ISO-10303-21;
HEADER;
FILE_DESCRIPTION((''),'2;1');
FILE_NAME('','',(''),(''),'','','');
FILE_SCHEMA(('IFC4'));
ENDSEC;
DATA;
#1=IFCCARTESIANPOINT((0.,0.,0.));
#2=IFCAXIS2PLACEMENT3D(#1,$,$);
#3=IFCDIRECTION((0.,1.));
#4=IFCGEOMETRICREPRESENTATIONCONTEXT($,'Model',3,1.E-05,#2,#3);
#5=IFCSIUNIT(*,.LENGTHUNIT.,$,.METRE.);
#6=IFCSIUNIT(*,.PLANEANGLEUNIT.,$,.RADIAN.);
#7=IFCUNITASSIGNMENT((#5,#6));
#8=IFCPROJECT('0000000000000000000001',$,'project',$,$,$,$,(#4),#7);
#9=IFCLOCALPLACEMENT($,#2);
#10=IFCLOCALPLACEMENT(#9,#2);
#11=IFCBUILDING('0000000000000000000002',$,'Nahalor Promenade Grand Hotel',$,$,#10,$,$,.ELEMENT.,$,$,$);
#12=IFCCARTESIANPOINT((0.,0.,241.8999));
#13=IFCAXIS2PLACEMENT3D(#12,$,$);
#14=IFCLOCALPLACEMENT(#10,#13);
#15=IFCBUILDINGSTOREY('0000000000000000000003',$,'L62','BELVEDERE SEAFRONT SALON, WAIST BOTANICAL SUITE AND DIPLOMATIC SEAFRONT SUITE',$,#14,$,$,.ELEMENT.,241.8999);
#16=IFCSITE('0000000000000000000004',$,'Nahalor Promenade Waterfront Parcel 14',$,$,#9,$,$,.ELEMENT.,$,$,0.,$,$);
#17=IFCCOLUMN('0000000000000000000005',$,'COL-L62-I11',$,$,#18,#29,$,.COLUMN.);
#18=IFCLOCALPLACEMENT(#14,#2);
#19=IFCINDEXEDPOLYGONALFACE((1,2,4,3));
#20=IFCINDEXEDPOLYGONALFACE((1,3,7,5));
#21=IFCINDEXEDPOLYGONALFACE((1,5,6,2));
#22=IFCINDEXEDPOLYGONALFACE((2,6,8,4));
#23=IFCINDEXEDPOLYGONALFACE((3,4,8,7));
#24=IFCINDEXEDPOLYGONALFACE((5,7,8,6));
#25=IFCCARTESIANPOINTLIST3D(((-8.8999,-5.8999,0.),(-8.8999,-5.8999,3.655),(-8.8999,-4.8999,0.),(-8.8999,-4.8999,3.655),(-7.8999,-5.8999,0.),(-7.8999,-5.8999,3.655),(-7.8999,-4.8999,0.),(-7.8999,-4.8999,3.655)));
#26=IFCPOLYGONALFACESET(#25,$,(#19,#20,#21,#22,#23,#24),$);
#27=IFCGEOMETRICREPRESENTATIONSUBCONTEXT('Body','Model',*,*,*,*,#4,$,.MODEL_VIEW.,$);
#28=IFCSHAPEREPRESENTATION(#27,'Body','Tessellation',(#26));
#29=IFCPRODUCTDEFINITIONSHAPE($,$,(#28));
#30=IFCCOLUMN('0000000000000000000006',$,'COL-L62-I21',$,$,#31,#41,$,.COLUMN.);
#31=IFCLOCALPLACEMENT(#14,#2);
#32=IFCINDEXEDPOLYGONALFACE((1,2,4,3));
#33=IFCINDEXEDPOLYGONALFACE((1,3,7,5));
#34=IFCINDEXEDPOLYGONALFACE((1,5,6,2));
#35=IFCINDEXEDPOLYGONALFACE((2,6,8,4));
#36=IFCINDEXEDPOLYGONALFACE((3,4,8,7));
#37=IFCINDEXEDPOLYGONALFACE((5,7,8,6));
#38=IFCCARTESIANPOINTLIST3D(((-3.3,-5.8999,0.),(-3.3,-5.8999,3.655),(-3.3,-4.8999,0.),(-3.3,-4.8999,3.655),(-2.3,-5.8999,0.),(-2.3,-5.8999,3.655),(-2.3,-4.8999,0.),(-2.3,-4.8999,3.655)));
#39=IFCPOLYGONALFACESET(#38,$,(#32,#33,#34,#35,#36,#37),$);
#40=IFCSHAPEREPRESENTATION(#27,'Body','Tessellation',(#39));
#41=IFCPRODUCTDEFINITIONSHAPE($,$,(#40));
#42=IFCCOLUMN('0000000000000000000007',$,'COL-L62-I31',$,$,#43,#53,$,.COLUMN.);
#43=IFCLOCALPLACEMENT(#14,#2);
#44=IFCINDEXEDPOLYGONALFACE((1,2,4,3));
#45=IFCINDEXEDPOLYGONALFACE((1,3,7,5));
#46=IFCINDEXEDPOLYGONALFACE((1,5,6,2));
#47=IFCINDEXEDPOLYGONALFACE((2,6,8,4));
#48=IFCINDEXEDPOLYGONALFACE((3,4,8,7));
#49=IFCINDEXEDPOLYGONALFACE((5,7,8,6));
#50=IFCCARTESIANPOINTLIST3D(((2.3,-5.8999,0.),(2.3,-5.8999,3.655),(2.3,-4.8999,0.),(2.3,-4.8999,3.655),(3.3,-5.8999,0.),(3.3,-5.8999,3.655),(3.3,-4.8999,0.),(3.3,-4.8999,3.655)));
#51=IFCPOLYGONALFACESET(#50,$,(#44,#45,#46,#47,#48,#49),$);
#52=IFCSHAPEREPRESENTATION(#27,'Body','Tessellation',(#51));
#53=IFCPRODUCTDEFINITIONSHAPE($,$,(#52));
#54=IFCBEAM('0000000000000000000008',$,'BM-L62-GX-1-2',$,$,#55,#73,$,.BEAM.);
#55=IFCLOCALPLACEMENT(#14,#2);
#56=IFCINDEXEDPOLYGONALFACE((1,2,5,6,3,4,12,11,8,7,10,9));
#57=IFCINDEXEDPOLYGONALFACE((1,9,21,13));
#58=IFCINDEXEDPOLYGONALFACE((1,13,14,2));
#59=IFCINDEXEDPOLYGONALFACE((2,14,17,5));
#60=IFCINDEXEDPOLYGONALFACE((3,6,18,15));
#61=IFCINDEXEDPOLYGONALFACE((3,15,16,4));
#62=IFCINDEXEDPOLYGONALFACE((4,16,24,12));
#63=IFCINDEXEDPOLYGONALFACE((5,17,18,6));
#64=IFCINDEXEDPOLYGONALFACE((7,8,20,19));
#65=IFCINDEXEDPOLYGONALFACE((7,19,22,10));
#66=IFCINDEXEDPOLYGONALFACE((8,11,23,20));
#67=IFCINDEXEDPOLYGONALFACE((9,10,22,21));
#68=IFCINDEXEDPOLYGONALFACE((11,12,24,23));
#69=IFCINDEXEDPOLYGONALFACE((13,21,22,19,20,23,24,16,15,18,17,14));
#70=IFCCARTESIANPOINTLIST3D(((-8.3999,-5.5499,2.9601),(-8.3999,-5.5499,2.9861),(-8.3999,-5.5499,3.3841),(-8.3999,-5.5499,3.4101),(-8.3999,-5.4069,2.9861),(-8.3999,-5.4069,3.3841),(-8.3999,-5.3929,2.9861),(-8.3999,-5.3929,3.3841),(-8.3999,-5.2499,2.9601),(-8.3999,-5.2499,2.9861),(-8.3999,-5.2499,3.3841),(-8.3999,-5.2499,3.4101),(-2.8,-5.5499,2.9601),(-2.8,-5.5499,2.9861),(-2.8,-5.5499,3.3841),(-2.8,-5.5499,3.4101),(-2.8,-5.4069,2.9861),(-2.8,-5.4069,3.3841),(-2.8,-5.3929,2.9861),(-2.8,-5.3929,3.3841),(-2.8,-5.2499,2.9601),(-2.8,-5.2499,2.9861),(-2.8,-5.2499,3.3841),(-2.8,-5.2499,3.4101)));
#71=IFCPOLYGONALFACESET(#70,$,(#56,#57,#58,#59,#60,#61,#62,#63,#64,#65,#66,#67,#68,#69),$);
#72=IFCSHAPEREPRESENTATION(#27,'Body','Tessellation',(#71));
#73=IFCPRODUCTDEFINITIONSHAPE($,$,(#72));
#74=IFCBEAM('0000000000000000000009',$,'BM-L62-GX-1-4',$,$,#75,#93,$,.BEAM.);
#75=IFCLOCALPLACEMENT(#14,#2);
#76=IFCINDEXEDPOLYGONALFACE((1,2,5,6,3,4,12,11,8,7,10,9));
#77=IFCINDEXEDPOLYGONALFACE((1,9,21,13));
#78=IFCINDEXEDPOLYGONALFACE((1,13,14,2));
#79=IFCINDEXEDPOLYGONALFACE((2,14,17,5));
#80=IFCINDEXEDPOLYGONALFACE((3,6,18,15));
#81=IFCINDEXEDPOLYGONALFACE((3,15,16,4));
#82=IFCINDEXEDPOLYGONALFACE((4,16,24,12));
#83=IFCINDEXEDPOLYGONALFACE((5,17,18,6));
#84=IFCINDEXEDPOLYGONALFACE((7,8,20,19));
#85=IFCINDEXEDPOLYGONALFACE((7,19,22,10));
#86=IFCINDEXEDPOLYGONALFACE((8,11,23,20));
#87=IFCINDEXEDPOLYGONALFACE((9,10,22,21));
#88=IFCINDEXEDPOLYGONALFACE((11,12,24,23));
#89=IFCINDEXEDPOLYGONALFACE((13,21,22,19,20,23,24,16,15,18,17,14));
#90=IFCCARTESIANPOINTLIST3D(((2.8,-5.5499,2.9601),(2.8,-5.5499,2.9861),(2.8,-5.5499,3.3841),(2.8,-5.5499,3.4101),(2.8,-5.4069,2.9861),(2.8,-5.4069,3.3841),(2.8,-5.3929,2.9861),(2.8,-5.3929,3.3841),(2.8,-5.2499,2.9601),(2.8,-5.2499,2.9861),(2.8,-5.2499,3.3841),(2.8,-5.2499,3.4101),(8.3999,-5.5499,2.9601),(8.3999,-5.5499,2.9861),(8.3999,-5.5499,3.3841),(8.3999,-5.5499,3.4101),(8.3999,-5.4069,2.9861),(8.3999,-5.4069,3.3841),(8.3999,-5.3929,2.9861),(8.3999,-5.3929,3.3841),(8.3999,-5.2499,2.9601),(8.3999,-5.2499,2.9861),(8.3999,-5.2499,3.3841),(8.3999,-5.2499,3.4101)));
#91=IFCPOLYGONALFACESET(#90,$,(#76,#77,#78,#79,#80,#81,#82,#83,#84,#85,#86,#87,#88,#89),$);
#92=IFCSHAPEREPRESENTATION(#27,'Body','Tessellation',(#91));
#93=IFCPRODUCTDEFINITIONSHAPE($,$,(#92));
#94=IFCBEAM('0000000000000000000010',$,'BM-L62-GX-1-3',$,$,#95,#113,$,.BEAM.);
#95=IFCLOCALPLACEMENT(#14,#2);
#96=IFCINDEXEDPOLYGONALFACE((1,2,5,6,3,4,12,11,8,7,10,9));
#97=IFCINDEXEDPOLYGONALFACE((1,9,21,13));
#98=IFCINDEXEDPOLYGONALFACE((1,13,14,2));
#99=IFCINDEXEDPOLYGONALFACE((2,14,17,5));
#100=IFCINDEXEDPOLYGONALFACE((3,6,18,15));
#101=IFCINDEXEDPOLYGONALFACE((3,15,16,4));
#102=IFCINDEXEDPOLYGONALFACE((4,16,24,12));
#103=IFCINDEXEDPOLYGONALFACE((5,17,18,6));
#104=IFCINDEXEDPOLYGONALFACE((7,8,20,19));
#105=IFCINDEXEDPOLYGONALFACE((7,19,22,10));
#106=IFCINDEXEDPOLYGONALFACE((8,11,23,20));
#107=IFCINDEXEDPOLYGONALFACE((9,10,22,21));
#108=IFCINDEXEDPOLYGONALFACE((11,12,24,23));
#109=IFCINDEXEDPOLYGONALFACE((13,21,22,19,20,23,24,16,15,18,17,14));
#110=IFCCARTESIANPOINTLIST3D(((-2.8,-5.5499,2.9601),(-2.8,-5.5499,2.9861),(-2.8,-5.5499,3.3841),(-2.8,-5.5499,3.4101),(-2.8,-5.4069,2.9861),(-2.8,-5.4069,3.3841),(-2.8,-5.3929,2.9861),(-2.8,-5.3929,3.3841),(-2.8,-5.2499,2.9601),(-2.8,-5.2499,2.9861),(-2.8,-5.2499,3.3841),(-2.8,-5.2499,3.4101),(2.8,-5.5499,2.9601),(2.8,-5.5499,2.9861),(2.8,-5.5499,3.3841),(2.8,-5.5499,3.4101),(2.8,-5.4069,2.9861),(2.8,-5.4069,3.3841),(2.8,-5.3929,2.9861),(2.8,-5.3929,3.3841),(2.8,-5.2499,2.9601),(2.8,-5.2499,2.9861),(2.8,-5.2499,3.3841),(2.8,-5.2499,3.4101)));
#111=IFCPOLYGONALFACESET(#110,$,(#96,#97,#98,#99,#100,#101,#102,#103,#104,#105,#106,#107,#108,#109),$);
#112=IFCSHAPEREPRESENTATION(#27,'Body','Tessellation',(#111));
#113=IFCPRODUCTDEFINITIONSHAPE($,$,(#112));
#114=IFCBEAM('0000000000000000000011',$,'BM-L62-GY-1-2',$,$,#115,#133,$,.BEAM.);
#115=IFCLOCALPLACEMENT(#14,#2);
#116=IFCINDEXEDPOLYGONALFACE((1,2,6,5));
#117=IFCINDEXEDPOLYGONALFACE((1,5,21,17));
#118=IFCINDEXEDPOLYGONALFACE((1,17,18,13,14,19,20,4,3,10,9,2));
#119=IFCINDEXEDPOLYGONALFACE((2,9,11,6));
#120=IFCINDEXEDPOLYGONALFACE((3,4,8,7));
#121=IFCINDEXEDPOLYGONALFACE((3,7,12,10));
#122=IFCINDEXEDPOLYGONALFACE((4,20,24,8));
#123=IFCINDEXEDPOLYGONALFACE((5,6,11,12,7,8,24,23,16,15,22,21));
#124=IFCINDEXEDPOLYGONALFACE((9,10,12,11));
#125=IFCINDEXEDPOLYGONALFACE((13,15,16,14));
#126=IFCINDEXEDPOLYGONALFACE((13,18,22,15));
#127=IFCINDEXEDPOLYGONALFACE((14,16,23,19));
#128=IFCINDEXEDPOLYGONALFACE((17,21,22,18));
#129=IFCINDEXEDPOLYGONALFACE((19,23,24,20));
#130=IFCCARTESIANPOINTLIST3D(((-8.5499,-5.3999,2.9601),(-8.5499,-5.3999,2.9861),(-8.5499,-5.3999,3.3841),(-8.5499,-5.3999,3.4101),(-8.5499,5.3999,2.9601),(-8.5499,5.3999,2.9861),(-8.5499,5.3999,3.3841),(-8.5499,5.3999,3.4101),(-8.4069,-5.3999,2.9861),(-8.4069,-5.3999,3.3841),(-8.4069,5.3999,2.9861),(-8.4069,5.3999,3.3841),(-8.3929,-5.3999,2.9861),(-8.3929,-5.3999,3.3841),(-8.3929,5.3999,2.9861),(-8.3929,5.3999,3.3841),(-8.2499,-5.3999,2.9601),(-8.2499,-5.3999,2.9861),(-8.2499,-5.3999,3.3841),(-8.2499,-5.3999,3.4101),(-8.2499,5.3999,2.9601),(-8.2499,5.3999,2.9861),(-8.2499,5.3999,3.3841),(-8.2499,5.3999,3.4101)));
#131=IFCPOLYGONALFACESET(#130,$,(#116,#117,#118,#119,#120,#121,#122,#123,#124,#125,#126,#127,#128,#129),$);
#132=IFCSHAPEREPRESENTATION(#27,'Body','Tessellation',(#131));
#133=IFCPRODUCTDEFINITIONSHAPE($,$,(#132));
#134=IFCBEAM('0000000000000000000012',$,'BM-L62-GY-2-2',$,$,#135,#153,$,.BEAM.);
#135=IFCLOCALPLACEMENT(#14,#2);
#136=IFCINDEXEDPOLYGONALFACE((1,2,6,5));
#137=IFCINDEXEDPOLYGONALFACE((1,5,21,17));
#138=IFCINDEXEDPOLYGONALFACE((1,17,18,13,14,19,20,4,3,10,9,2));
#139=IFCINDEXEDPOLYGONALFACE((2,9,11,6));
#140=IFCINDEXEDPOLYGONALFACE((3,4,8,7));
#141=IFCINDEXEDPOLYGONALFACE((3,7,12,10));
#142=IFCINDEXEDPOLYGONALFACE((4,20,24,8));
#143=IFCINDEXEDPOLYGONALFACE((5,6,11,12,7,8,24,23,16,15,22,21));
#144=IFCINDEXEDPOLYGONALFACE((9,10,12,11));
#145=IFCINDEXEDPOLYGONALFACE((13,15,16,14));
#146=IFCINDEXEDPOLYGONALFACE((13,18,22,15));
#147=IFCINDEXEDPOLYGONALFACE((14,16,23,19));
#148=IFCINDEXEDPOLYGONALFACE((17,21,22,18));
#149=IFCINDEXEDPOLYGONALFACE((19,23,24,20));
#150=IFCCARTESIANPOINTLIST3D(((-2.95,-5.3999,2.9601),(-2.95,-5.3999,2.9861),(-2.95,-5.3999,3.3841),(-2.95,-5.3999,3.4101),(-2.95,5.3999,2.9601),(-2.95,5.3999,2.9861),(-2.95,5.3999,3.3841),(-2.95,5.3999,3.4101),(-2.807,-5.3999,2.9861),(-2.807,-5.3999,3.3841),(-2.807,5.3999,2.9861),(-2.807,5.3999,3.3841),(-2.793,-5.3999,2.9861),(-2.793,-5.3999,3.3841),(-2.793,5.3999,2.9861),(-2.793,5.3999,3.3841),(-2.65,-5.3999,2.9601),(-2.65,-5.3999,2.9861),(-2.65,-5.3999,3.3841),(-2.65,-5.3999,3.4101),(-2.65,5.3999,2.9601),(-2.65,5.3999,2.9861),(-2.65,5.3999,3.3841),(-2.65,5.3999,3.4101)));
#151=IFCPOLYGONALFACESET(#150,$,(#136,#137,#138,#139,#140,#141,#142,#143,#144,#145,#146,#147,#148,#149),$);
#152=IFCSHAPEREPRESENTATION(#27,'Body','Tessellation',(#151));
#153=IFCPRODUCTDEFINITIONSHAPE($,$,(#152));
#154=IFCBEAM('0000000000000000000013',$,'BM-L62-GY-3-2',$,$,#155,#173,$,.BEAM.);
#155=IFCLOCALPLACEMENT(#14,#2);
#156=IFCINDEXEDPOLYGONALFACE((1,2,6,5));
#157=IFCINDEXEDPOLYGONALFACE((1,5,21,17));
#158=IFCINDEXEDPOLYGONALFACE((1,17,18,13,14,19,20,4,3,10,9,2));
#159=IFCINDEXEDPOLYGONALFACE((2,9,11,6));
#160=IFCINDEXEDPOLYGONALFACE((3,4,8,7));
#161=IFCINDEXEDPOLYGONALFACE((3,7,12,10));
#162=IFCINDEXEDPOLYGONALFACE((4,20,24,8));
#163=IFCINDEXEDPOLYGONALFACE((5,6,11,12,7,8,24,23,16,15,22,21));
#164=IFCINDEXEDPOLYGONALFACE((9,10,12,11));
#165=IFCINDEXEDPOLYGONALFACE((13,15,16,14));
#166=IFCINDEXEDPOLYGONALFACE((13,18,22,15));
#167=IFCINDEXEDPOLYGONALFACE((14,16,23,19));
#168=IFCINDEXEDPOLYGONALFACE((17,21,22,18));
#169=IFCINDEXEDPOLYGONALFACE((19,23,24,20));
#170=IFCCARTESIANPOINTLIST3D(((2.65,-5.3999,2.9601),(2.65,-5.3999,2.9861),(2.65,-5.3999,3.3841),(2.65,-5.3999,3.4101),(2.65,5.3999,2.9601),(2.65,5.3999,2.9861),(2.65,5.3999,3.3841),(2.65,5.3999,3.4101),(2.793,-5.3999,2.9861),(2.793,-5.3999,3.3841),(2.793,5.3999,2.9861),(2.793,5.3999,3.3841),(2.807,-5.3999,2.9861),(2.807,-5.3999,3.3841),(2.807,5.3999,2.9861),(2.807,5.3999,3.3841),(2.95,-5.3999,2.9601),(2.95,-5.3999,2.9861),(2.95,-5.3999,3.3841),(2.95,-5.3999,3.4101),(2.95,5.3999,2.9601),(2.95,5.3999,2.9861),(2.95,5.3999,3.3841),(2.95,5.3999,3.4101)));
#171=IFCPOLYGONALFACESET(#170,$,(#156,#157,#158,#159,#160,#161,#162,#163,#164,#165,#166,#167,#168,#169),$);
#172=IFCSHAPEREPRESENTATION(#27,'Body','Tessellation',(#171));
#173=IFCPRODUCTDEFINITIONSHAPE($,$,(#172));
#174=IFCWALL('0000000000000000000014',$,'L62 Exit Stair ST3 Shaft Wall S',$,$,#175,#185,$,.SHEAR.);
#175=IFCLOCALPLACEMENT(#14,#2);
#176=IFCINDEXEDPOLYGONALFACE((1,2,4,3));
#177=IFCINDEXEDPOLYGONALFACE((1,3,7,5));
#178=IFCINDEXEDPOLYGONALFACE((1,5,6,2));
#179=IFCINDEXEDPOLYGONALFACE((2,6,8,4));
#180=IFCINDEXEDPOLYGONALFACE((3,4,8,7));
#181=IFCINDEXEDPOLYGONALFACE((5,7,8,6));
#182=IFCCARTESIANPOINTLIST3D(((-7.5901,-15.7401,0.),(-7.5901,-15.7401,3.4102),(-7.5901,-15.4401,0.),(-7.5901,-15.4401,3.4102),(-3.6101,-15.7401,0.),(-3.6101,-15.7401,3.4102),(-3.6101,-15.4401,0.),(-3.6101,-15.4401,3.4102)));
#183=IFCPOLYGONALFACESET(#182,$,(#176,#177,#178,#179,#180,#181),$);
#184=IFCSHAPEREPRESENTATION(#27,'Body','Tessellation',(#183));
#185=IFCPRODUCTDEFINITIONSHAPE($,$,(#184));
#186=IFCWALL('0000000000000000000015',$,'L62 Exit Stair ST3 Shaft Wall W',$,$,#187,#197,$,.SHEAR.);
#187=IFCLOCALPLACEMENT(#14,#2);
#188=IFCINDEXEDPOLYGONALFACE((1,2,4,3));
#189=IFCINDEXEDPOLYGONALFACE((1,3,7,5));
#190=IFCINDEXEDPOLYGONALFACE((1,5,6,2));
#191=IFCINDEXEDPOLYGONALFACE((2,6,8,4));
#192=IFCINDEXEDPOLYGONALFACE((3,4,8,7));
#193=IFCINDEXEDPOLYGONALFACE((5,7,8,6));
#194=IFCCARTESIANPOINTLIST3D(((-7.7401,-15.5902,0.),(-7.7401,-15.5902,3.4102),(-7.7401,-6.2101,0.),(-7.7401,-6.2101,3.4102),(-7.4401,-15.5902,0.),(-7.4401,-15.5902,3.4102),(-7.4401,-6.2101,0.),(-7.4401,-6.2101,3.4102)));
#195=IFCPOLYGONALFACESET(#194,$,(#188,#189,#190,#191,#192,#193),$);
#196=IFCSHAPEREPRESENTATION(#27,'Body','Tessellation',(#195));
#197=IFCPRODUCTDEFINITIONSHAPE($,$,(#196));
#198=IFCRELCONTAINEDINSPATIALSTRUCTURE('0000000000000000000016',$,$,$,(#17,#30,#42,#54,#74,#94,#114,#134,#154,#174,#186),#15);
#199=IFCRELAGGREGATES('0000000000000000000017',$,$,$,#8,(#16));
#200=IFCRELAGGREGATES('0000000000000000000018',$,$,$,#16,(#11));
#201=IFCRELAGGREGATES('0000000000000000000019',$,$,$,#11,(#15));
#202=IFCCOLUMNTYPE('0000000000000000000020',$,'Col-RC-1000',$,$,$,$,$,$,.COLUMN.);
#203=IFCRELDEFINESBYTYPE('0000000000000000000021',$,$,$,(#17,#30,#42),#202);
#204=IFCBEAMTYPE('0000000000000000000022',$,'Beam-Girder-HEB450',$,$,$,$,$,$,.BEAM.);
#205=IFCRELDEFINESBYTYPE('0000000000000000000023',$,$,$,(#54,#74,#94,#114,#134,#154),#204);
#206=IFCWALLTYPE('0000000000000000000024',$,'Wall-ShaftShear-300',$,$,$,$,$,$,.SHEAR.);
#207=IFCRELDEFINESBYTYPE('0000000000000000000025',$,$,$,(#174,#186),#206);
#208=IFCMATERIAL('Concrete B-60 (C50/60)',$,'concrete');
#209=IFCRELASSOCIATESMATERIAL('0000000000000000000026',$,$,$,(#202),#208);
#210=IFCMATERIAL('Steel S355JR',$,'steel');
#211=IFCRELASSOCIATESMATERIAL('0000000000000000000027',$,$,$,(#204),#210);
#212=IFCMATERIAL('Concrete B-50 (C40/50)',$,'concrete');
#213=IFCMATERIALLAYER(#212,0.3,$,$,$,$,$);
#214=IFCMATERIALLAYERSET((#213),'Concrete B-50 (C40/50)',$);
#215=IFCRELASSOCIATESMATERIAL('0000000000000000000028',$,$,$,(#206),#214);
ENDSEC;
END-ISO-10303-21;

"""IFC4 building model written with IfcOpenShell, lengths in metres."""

from ifc_helpers import new_model, si_unit, direction, frame, frame_2d, origin, origin_2d, place, context, subcontext, project, spatial, rectangle, i_section, extrude, source, transform, mapped, material, layer, layer_set, material_profile, profile_set, type_object, element, save


model = new_model("IFC4")

# Units and contexts
model_context = context("Model", 3, precision=1e-05, world=origin(), true_north=direction((0.0, 1.0)))
body_context = subcontext(model_context, "Body", "Model", "MODEL_VIEW")
ifc_project = project(units=[si_unit("LENGTHUNIT", "METRE"), si_unit("PLANEANGLEUNIT", "RADIAN")], contexts=[model_context])

# Site, building, storey
site_placement = place(None, origin())
site = spatial("IfcSite", under=ifc_project, at=site_placement, Name="Nahalor Promenade Waterfront Parcel 14", CompositionType="ELEMENT", RefElevation=0.0)
building_placement = place(site_placement, origin())
building = spatial("IfcBuilding", under=site, at=building_placement, Name="Nahalor Promenade Grand Hotel", CompositionType="ELEMENT")
storey_placement = place(building_placement, frame((0.0, 0.0, 241.8999)))
storey = spatial("IfcBuildingStorey", under=building, at=storey_placement, Name="L62", Description="BELVEDERE SEAFRONT SALON, WAIST BOTANICAL SUITE AND DIPLOMATIC SEAFRONT SUITE", CompositionType="ELEMENT", Elevation=241.8999)

# Columns
ifc_material_1 = material(Name="Concrete B-60 (C50/60)", Category="concrete")
ifc_material_profile_1 = material_profile(ifc_material_1, rectangle(XDim=1.0, YDim=1.0, at=origin_2d()), Name="RC 1000x1000")
ifc_profile_set_1 = profile_set([ifc_material_profile_1], Name="Concrete B-60 (C50/60)")
column_type = type_object("IfcColumnType", Name="Col-RC-1000", PredefinedType="COLUMN", material=ifc_profile_set_1)
shared_shape_1 = source(origin(), body_context, "Body", "SweptSolid", [
    extrude(rectangle(XDim=1.0, YDim=1.0, at=origin_2d()), origin(), (0.0, 0.0, 1.0), 3.655),
])
for number, where, z_axis, x_axis, name in (
    (1, (-8.3999, -5.3999, 0.0), (0.0, 0.0, 1.0), (1.0, 0.0, 0.0), "COL-L62-I11"),
    (2, (-2.8, -5.3999, 0.0), (0.0, 0.0, 1.0), (1.0, 0.0, 0.0), "COL-L62-I21"),
    (3, (2.8, -5.3999, 0.0), (0.0, 0.0, 1.0), (1.0, 0.0, 0.0), "COL-L62-I31"),
):
    element("IfcColumn", number, at=place(storey_placement, frame(where, z_axis=z_axis, x_axis=x_axis)), inside=storey, type_object=column_type, Name=name, PredefinedType="COLUMN", context=body_context, shape_type="MappedRepresentation", body=[
        mapped(shared_shape_1, transform((0.0, 0.0, 0.0), scale=1.0)),
    ])

# Beams
ifc_material_2 = material(Name="Steel S355JR", Category="steel")
ifc_material_profile_2 = material_profile(ifc_material_2, i_section(OverallWidth=0.3, OverallDepth=0.45, WebThickness=0.014, FlangeThickness=0.026, at=origin_2d()), Name="HEB 450")
ifc_profile_set_2 = profile_set([ifc_material_profile_2], Name="Steel S355JR")
beam_type = type_object("IfcBeamType", Name="Beam-Girder-HEB450", PredefinedType="BEAM", material=ifc_profile_set_2)
shared_shape_2 = source(origin(), body_context, "Body", "SweptSolid", [
    extrude(i_section(OverallWidth=0.3, OverallDepth=0.45, WebThickness=0.014, FlangeThickness=0.026, at=origin_2d()), origin(), (0.0, 0.0, 1.0), 5.5999),
])
for number, where, z_axis, x_axis, name in (
    (4, (-8.3999, -5.3999, 3.1851), (1.0, 0.0, 0.0), (0.0, 1.0, 0.0), "BM-L62-GX-1-2"),
    (5, (2.8, -5.3999, 3.1851), (1.0, 0.0, 0.0), (0.0, 1.0, 0.0), "BM-L62-GX-1-4"),
):
    element("IfcBeam", number, at=place(storey_placement, frame(where, z_axis=z_axis, x_axis=x_axis)), inside=storey, type_object=beam_type, Name=name, PredefinedType="BEAM", context=body_context, shape_type="MappedRepresentation", body=[
        mapped(shared_shape_2, transform((0.0, 0.0, 0.0), scale=1.0)),
    ])
shared_shape_3 = source(origin(), body_context, "Body", "SweptSolid", [
    extrude(i_section(OverallWidth=0.3, OverallDepth=0.45, WebThickness=0.014, FlangeThickness=0.026, at=origin_2d()), origin(), (0.0, 0.0, 1.0), 5.6001),
])
beam_placement = place(storey_placement, frame((-2.8, -5.3999, 3.1851), z_axis=(1.0, 0.0, 0.0), x_axis=(0.0, 1.0, 0.0)))
element("IfcBeam", 6, at=beam_placement, inside=storey, type_object=beam_type, Name="BM-L62-GX-1-3", PredefinedType="BEAM", context=body_context, shape_type="MappedRepresentation", body=[
    mapped(shared_shape_3, transform((0.0, 0.0, 0.0), scale=1.0)),
])
shared_shape_4 = source(origin(), body_context, "Body", "SweptSolid", [
    extrude(i_section(OverallWidth=0.3, OverallDepth=0.45, WebThickness=0.014, FlangeThickness=0.026, at=origin_2d()), origin(), (0.0, 0.0, 1.0), 10.7998),
])
for number, where, z_axis, x_axis, name in (
    (7, (-8.3999, -5.3999, 3.1851), (0.0, 1.0, 0.0), (-1.0, 0.0, 0.0), "BM-L62-GY-1-2"),
    (8, (-2.8, -5.3999, 3.1851), (0.0, 1.0, 0.0), (-1.0, 0.0, 0.0), "BM-L62-GY-2-2"),
    (9, (2.8, -5.3999, 3.1851), (0.0, 1.0, 0.0), (-1.0, 0.0, 0.0), "BM-L62-GY-3-2"),
):
    element("IfcBeam", number, at=place(storey_placement, frame(where, z_axis=z_axis, x_axis=x_axis)), inside=storey, type_object=beam_type, Name=name, PredefinedType="BEAM", context=body_context, shape_type="MappedRepresentation", body=[
        mapped(shared_shape_4, transform((0.0, 0.0, 0.0), scale=1.0)),
    ])

# Wall
ifc_material_3 = material(Name="Concrete B-50 (C40/50)", Category="concrete")
ifc_layer_1 = layer(ifc_material_3, 0.3)
ifc_layer_set_1 = layer_set([ifc_layer_1], Name="Concrete B-50 (C40/50)")
wall_type_1 = type_object("IfcWallType", Name="Wall-ShaftShear-300", PredefinedType="SHEAR", material=ifc_layer_set_1)
shared_shape_5 = source(origin(), body_context, "Body", "SweptSolid", [
    extrude(rectangle(XDim=3.98, YDim=0.3, at=frame_2d((1.99, 0.0))), origin(), (0.0, 0.0, 1.0), 3.4102),
])
wall_1_placement = place(storey_placement, frame((-7.5901, -15.5901, 0.0), z_axis=(0.0, 0.0, 1.0), x_axis=(1.0, 0.0, 0.0)))
element("IfcWall", 10, at=wall_1_placement, inside=storey, type_object=wall_type_1, Name="L62 Exit Stair ST3 Shaft Wall S", PredefinedType="SHEAR", context=body_context, shape_type="MappedRepresentation", body=[
    mapped(shared_shape_5, transform((0.0, 0.0, 0.0), scale=1.0)),
])

# Wall
shared_shape_6 = source(origin(), body_context, "Body", "SweptSolid", [
    extrude(rectangle(XDim=9.3801, YDim=0.3, at=frame_2d((4.6899, 0.0))), origin(), (0.0, 0.0, 1.0), 3.4102),
])
for number, where, z_axis, x_axis, name in (
    (11, (-7.5901, -15.5901, 0.0), (0.0, 0.0, 1.0), (0.0, 1.0, 0.0), "L62 Exit Stair ST3 Shaft Wall W"),
):
    element("IfcWall", number, at=place(storey_placement, frame(where, z_axis=z_axis, x_axis=x_axis)), inside=storey, type_object=wall_type_1, Name=name, PredefinedType="SHEAR", context=body_context, shape_type="MappedRepresentation", body=[
        mapped(shared_shape_6, transform((0.0, 0.0, 0.0), scale=1.0)),
    ])

save(model, "model.ifc")
